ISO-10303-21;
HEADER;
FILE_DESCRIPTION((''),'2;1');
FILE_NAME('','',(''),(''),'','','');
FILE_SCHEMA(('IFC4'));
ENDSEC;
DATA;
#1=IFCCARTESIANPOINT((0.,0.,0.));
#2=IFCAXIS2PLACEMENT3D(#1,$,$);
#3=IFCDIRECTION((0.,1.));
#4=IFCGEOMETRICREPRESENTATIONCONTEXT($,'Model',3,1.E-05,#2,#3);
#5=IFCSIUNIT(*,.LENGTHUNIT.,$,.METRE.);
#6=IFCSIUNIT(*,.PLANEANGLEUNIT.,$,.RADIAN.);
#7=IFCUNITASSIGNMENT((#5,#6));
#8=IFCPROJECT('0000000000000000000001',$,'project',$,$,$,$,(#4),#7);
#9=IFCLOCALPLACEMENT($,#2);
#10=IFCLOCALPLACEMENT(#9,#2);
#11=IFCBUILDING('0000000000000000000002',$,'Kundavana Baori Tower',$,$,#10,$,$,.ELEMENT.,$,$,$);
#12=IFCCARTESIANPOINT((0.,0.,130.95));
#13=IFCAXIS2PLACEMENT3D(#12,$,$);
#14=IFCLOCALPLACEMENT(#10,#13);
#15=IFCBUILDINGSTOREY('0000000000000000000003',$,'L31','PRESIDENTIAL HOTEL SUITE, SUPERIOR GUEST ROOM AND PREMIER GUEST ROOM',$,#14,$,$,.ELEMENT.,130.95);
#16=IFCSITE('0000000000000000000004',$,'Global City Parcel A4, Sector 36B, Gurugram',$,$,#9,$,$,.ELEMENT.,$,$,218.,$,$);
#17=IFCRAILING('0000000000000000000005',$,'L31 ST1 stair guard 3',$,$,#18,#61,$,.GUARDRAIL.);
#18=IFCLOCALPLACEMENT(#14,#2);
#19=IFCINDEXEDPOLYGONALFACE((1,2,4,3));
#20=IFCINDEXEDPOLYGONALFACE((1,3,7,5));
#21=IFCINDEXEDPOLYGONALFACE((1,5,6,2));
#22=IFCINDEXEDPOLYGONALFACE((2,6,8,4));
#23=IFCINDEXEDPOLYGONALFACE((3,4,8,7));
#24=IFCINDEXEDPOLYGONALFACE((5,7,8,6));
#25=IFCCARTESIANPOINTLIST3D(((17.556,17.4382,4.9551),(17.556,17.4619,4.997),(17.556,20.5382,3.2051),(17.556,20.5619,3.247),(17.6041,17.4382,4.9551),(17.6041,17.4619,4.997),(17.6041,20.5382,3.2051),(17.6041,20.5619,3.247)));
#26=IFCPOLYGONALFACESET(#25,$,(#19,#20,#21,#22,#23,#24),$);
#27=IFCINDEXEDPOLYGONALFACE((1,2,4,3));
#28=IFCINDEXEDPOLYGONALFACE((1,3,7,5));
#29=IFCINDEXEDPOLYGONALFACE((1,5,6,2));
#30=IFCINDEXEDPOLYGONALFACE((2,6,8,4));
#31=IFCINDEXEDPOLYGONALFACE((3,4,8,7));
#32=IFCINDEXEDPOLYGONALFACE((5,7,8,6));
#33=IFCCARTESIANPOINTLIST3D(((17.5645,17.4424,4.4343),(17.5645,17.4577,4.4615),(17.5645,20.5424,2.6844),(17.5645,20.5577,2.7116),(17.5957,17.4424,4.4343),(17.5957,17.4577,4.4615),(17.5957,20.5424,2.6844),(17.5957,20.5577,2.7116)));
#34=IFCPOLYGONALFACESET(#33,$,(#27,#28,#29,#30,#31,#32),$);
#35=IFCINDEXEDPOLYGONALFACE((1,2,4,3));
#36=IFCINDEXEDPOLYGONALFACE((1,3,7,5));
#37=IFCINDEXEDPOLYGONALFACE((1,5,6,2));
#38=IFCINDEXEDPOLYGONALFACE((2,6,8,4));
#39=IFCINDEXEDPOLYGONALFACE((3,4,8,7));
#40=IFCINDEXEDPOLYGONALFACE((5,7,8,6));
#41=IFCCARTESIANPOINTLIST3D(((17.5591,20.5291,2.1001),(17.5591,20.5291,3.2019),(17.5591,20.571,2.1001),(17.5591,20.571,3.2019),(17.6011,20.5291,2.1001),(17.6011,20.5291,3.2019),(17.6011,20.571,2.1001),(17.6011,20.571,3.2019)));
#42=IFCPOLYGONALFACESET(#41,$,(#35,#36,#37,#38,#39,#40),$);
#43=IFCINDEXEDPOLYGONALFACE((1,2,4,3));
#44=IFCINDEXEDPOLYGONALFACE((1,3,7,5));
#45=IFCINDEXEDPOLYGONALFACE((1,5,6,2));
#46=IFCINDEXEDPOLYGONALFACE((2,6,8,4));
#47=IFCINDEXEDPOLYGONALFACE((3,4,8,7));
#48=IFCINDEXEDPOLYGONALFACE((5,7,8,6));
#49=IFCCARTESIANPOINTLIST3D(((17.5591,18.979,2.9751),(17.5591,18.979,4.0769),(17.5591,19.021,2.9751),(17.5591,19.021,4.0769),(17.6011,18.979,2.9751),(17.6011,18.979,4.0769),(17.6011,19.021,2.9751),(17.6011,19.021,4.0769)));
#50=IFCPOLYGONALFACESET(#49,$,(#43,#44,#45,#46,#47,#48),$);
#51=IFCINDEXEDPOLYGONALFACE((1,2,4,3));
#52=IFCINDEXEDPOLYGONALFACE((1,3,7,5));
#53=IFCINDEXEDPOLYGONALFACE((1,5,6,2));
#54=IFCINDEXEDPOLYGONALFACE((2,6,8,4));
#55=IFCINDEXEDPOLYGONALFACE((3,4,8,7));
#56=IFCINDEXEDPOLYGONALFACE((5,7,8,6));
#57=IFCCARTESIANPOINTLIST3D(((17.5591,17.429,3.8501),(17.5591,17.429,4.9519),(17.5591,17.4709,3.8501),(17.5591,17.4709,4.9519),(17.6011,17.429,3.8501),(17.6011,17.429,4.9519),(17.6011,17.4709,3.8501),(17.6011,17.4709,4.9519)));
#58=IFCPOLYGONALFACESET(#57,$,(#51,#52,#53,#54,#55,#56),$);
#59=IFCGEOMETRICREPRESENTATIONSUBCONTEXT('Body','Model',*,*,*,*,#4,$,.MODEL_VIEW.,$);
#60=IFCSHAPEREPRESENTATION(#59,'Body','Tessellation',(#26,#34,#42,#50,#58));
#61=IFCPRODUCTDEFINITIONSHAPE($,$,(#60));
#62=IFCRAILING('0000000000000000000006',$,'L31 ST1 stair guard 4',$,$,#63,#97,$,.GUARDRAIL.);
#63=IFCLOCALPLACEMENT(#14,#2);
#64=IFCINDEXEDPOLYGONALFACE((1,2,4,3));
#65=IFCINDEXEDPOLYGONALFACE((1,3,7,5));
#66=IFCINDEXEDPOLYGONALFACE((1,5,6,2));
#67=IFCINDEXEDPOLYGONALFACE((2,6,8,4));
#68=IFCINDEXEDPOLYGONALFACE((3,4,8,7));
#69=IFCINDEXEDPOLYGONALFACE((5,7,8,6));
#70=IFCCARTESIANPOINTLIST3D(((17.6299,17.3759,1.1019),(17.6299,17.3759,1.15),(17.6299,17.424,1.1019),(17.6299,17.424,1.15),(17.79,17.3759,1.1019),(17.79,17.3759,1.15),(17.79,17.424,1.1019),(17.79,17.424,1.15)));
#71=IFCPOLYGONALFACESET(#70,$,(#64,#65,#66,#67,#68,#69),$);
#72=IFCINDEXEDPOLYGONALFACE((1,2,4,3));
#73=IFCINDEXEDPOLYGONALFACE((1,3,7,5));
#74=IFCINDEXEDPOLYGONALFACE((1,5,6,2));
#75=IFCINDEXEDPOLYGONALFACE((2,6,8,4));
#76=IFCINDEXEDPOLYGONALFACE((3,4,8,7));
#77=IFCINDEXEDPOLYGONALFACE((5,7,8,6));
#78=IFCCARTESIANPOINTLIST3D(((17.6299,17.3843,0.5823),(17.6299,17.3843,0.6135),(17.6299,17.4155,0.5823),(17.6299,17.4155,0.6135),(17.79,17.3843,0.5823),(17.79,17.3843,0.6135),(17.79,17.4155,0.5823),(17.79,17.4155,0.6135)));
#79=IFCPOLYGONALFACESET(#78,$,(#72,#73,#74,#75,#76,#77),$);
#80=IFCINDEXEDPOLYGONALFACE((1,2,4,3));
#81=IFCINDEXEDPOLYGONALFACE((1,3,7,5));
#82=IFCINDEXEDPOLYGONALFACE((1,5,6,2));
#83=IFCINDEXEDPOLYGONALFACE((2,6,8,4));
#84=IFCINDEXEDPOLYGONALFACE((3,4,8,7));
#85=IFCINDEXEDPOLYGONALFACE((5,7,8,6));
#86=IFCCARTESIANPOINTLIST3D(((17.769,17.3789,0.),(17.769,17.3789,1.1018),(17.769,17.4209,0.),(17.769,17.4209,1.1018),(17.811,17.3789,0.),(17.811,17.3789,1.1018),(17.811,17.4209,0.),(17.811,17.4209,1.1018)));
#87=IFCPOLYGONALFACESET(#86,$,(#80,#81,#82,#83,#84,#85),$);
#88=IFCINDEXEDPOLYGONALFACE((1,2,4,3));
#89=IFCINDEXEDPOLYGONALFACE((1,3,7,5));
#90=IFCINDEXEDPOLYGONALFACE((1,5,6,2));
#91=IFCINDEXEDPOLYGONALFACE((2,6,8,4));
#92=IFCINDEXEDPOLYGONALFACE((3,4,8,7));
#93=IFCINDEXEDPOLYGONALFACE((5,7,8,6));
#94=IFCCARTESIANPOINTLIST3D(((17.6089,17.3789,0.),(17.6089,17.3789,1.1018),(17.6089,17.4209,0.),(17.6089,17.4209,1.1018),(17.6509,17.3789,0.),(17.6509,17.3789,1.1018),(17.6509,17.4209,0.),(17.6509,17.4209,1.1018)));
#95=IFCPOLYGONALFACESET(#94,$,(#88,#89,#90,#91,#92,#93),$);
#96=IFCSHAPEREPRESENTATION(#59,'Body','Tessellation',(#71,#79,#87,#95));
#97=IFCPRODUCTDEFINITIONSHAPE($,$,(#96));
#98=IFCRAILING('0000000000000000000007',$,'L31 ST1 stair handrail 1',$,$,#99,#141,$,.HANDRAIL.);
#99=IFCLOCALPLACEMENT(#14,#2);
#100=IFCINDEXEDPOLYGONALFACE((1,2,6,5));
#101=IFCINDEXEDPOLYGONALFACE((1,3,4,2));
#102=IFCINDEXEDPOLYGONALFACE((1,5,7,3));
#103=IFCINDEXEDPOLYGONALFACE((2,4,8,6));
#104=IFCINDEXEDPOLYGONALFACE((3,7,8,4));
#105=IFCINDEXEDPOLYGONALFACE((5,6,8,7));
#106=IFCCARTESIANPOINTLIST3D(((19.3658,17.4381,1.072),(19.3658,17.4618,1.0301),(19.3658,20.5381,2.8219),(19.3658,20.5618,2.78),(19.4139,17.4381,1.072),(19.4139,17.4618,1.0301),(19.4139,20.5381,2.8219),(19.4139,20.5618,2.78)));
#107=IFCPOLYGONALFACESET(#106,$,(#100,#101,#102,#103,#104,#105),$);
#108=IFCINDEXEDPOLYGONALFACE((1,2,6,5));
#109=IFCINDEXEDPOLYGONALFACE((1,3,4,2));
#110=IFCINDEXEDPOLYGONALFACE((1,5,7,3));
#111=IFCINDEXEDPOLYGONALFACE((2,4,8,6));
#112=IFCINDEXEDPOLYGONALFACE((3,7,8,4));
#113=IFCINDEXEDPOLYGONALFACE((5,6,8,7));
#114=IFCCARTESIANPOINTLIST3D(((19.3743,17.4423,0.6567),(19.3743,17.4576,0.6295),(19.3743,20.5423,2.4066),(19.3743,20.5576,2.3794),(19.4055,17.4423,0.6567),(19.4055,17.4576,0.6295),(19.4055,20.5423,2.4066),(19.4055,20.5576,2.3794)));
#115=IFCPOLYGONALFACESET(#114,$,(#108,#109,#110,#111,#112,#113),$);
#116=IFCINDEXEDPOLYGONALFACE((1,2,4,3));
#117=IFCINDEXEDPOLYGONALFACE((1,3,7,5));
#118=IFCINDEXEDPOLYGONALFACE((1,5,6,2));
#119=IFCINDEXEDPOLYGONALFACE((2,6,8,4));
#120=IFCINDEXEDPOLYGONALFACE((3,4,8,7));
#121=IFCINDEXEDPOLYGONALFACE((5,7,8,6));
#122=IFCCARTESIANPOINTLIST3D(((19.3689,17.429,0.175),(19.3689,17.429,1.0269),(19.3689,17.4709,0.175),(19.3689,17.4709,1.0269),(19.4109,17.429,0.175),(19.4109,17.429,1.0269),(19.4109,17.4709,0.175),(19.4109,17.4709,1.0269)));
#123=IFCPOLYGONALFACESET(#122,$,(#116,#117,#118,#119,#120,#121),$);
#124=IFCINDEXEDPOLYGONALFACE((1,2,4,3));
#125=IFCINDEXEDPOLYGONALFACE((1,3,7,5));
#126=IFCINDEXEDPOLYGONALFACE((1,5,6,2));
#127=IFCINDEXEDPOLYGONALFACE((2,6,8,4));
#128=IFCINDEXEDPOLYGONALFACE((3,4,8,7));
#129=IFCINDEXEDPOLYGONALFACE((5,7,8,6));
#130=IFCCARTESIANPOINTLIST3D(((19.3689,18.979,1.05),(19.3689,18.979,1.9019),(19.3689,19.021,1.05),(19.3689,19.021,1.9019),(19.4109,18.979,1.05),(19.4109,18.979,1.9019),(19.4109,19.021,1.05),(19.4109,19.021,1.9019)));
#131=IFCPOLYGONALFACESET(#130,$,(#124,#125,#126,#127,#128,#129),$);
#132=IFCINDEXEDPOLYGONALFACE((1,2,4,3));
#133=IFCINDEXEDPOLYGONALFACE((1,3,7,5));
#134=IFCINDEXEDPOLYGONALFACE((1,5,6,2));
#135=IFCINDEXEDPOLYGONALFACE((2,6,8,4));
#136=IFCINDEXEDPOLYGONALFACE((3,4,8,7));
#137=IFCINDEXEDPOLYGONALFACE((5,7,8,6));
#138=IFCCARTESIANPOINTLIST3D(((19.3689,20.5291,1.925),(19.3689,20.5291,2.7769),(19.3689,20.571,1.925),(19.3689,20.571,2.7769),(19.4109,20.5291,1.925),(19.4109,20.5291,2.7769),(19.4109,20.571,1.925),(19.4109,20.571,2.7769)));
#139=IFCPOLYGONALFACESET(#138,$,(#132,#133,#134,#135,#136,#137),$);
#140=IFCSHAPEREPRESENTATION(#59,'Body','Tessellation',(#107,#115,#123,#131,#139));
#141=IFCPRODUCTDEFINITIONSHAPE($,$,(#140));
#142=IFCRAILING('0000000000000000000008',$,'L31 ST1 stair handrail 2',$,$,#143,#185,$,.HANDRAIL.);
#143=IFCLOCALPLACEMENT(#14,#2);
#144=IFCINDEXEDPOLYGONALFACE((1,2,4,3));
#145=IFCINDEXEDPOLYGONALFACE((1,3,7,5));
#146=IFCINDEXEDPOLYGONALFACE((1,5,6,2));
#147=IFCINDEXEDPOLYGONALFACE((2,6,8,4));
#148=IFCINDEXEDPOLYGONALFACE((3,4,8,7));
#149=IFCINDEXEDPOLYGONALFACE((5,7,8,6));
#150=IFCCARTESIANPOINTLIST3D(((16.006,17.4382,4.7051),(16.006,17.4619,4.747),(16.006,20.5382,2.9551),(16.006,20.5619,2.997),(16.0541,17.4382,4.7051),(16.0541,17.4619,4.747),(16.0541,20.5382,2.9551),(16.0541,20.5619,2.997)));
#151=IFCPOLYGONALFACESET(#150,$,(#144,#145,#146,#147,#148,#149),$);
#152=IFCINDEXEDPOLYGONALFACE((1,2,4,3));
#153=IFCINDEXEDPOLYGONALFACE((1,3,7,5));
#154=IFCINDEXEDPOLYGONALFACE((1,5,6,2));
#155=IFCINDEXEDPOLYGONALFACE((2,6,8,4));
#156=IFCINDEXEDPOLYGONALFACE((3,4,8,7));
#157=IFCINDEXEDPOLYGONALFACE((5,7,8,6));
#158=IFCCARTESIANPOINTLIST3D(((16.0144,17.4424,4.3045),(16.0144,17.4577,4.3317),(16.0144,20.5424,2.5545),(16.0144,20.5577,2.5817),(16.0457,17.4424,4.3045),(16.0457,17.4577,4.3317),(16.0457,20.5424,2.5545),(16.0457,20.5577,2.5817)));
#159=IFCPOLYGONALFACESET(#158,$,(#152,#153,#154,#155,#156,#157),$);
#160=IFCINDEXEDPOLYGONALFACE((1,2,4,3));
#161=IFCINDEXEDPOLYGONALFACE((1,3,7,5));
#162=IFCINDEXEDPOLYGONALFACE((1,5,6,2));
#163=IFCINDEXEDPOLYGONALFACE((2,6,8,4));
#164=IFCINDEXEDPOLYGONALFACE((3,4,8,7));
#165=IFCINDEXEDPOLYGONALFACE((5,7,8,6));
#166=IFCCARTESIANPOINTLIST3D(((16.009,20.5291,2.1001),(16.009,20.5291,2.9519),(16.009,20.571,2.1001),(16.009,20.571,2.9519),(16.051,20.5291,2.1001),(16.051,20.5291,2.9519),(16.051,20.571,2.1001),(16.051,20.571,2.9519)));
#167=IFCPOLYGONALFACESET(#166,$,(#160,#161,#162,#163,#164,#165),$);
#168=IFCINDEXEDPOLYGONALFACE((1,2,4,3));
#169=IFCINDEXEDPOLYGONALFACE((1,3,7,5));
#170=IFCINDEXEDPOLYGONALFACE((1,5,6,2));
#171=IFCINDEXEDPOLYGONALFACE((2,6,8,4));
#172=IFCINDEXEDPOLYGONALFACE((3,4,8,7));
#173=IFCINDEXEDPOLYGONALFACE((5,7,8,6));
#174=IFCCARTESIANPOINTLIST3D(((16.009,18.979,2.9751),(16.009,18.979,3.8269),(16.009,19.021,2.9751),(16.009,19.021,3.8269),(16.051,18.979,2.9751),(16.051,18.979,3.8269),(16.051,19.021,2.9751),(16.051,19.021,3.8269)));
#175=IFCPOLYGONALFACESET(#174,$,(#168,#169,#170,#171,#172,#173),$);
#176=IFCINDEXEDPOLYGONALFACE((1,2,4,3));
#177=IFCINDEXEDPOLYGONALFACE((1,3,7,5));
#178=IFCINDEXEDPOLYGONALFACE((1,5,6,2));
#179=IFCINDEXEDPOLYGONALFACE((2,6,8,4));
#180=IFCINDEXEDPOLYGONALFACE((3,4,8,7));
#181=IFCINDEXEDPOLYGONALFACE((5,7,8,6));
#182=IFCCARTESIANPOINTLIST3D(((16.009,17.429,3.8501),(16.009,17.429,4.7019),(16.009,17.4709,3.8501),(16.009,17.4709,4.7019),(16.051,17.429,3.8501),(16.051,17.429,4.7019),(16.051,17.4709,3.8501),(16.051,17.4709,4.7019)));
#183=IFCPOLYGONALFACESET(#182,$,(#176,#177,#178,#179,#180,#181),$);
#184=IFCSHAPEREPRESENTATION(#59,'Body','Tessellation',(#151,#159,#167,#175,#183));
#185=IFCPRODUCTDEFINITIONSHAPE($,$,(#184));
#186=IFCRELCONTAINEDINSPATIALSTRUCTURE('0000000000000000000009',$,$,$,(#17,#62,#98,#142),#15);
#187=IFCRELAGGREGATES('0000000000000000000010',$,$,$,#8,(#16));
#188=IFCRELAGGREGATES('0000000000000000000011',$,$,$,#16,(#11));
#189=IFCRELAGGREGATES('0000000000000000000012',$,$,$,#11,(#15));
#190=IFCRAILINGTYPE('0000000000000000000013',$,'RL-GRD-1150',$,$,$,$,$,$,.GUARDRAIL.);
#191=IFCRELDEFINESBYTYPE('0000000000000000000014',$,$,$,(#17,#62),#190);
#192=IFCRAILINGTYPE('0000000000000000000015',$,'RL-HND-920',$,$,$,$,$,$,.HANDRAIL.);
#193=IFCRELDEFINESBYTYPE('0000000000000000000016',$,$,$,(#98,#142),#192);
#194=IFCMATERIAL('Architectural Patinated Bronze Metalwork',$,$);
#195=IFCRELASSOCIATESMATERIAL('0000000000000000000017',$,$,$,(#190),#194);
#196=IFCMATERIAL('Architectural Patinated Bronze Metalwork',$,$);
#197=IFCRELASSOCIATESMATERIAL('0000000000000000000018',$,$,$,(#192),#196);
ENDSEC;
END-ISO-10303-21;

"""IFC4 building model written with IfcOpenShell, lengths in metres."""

from ifc_helpers import new_model, si_unit, direction, frame, origin, origin_2d, place, context, subcontext, project, spatial, rectangle, extrude, material, type_object, element, save


model = new_model("IFC4")

# Units and contexts
model_context = context("Model", 3, precision=1e-05, world=origin(), true_north=direction((0.0, 1.0)))
body_context = subcontext(model_context, "Body", "Model", "MODEL_VIEW")
ifc_project = project(units=[si_unit("LENGTHUNIT", "METRE"), si_unit("PLANEANGLEUNIT", "RADIAN")], contexts=[model_context])

# Site, building, storey
site_placement = place(None, origin())
site = spatial("IfcSite", under=ifc_project, at=site_placement, Name="Global City Parcel A4, Sector 36B, Gurugram", CompositionType="ELEMENT", RefElevation=218.0)
building_placement = place(site_placement, origin())
building = spatial("IfcBuilding", under=site, at=building_placement, Name="Kundavana Baori Tower", CompositionType="ELEMENT")
storey_placement = place(building_placement, frame((0.0, 0.0, 130.95)))
storey = spatial("IfcBuildingStorey", under=building, at=storey_placement, Name="L31", Description="PRESIDENTIAL HOTEL SUITE, SUPERIOR GUEST ROOM AND PREMIER GUEST ROOM", CompositionType="ELEMENT", Elevation=130.95)

# Railings
ifc_material_1 = material(Name="Architectural Patinated Bronze Metalwork")
railing_type_1 = type_object("IfcRailingType", Name="RL-GRD-1150", PredefinedType="GUARDRAIL", material=ifc_material_1)
railing_1_placement = place(storey_placement, frame((17.5801, 20.55, 2.1001)))
element("IfcRailing", 1, at=railing_1_placement, inside=storey, type_object=railing_type_1, Name="L31 ST1 stair guard 3", PredefinedType="GUARDRAIL", context=body_context, shape_type="SweptSolid", body=[
    extrude(rectangle(XDim=0.0481, YDim=0.0481, at=origin_2d()), frame((0.0, 0.0, 1.126), z_axis=(0.0, -0.870831, 0.491583), x_axis=(1.0, 0.0, 0.0)), (0.0, 0.0, 1.0), 3.5598),
    extrude(rectangle(XDim=0.0312, YDim=0.0312, at=origin_2d()), frame((0.0, 0.0, 0.5979), z_axis=(0.0, -0.870831, 0.491583), x_axis=(1.0, 0.0, 0.0)), (0.0, 0.0, 1.0), 3.5598),
    extrude(rectangle(XDim=0.042, YDim=0.042, at=origin_2d()), origin(), (0.0, 0.0, 1.0), 1.1018),
    extrude(rectangle(XDim=0.042, YDim=0.042, at=origin_2d()), frame((0.0, -1.55, 0.875)), (0.0, 0.0, 1.0), 1.1018),
    extrude(rectangle(XDim=0.042, YDim=0.042, at=origin_2d()), frame((0.0, -3.1001, 1.75)), (0.0, 0.0, 1.0), 1.1018),
])
railing_2_placement = place(storey_placement, frame((17.79, 17.3999, 0.0)))
element("IfcRailing", 2, at=railing_2_placement, inside=storey, type_object=railing_type_1, Name="L31 ST1 stair guard 4", PredefinedType="GUARDRAIL", context=body_context, shape_type="SweptSolid", body=[
    extrude(rectangle(XDim=0.0481, YDim=0.0481, at=origin_2d()), frame((0.0, 0.0, 1.126), z_axis=(-1.0, 0.0, 0.0), x_axis=(0.0, -1.0, 0.0)), (0.0, 0.0, 1.0), 0.1602),
    extrude(rectangle(XDim=0.0312, YDim=0.0312, at=origin_2d()), frame((0.0, 0.0, 0.5979), z_axis=(-1.0, 0.0, 0.0), x_axis=(0.0, -1.0, 0.0)), (0.0, 0.0, 1.0), 0.1602),
    extrude(rectangle(XDim=0.042, YDim=0.042, at=origin_2d()), origin(), (0.0, 0.0, 1.0), 1.1018),
    extrude(rectangle(XDim=0.042, YDim=0.042, at=origin_2d()), frame((-0.1602, 0.0, 0.0)), (0.0, 0.0, 1.0), 1.1018),
])
ifc_material_2 = material(Name="Architectural Patinated Bronze Metalwork")
railing_type_2 = type_object("IfcRailingType", Name="RL-HND-920", PredefinedType="HANDRAIL", material=ifc_material_2)
railing_3_placement = place(storey_placement, frame((19.3899, 17.45, 0.175)))
element("IfcRailing", 3, at=railing_3_placement, inside=storey, type_object=railing_type_2, Name="L31 ST1 stair handrail 1", PredefinedType="HANDRAIL", context=body_context, shape_type="SweptSolid", body=[
    extrude(rectangle(XDim=0.0481, YDim=0.0481, at=origin_2d()), frame((0.0, 0.0, 0.876), z_axis=(0.0, 0.870831, 0.491583), x_axis=(-1.0, 0.0, 0.0)), (0.0, 0.0, 1.0), 3.5598),
    extrude(rectangle(XDim=0.0312, YDim=0.0312, at=origin_2d()), frame((0.0, 0.0, 0.468), z_axis=(0.0, 0.870831, 0.491583), x_axis=(-1.0, 0.0, 0.0)), (0.0, 0.0, 1.0), 3.5598),
    extrude(rectangle(XDim=0.042, YDim=0.042, at=origin_2d()), origin(), (0.0, 0.0, 1.0), 0.8518),
    extrude(rectangle(XDim=0.042, YDim=0.042, at=origin_2d()), frame((0.0, 1.55, 0.875)), (0.0, 0.0, 1.0), 0.8518),
    extrude(rectangle(XDim=0.042, YDim=0.042, at=origin_2d()), frame((0.0, 3.1001, 1.75)), (0.0, 0.0, 1.0), 0.8518),
])
railing_4_placement = place(storey_placement, frame((16.03, 20.55, 2.1001)))
element("IfcRailing", 4, at=railing_4_placement, inside=storey, type_object=railing_type_2, Name="L31 ST1 stair handrail 2", PredefinedType="HANDRAIL", context=body_context, shape_type="SweptSolid", body=[
    extrude(rectangle(XDim=0.0481, YDim=0.0481, at=origin_2d()), frame((0.0, 0.0, 0.876), z_axis=(0.0, -0.870831, 0.491583), x_axis=(1.0, 0.0, 0.0)), (0.0, 0.0, 1.0), 3.5598),
    extrude(rectangle(XDim=0.0312, YDim=0.0312, at=origin_2d()), frame((0.0, 0.0, 0.468), z_axis=(0.0, -0.870831, 0.491583), x_axis=(1.0, 0.0, 0.0)), (0.0, 0.0, 1.0), 3.5598),
    extrude(rectangle(XDim=0.042, YDim=0.042, at=origin_2d()), origin(), (0.0, 0.0, 1.0), 0.8518),
    extrude(rectangle(XDim=0.042, YDim=0.042, at=origin_2d()), frame((0.0, -1.55, 0.875)), (0.0, 0.0, 1.0), 0.8518),
    extrude(rectangle(XDim=0.042, YDim=0.042, at=origin_2d()), frame((0.0, -3.1001, 1.75)), (0.0, 0.0, 1.0), 0.8518),
])

save(model, "model.ifc")
